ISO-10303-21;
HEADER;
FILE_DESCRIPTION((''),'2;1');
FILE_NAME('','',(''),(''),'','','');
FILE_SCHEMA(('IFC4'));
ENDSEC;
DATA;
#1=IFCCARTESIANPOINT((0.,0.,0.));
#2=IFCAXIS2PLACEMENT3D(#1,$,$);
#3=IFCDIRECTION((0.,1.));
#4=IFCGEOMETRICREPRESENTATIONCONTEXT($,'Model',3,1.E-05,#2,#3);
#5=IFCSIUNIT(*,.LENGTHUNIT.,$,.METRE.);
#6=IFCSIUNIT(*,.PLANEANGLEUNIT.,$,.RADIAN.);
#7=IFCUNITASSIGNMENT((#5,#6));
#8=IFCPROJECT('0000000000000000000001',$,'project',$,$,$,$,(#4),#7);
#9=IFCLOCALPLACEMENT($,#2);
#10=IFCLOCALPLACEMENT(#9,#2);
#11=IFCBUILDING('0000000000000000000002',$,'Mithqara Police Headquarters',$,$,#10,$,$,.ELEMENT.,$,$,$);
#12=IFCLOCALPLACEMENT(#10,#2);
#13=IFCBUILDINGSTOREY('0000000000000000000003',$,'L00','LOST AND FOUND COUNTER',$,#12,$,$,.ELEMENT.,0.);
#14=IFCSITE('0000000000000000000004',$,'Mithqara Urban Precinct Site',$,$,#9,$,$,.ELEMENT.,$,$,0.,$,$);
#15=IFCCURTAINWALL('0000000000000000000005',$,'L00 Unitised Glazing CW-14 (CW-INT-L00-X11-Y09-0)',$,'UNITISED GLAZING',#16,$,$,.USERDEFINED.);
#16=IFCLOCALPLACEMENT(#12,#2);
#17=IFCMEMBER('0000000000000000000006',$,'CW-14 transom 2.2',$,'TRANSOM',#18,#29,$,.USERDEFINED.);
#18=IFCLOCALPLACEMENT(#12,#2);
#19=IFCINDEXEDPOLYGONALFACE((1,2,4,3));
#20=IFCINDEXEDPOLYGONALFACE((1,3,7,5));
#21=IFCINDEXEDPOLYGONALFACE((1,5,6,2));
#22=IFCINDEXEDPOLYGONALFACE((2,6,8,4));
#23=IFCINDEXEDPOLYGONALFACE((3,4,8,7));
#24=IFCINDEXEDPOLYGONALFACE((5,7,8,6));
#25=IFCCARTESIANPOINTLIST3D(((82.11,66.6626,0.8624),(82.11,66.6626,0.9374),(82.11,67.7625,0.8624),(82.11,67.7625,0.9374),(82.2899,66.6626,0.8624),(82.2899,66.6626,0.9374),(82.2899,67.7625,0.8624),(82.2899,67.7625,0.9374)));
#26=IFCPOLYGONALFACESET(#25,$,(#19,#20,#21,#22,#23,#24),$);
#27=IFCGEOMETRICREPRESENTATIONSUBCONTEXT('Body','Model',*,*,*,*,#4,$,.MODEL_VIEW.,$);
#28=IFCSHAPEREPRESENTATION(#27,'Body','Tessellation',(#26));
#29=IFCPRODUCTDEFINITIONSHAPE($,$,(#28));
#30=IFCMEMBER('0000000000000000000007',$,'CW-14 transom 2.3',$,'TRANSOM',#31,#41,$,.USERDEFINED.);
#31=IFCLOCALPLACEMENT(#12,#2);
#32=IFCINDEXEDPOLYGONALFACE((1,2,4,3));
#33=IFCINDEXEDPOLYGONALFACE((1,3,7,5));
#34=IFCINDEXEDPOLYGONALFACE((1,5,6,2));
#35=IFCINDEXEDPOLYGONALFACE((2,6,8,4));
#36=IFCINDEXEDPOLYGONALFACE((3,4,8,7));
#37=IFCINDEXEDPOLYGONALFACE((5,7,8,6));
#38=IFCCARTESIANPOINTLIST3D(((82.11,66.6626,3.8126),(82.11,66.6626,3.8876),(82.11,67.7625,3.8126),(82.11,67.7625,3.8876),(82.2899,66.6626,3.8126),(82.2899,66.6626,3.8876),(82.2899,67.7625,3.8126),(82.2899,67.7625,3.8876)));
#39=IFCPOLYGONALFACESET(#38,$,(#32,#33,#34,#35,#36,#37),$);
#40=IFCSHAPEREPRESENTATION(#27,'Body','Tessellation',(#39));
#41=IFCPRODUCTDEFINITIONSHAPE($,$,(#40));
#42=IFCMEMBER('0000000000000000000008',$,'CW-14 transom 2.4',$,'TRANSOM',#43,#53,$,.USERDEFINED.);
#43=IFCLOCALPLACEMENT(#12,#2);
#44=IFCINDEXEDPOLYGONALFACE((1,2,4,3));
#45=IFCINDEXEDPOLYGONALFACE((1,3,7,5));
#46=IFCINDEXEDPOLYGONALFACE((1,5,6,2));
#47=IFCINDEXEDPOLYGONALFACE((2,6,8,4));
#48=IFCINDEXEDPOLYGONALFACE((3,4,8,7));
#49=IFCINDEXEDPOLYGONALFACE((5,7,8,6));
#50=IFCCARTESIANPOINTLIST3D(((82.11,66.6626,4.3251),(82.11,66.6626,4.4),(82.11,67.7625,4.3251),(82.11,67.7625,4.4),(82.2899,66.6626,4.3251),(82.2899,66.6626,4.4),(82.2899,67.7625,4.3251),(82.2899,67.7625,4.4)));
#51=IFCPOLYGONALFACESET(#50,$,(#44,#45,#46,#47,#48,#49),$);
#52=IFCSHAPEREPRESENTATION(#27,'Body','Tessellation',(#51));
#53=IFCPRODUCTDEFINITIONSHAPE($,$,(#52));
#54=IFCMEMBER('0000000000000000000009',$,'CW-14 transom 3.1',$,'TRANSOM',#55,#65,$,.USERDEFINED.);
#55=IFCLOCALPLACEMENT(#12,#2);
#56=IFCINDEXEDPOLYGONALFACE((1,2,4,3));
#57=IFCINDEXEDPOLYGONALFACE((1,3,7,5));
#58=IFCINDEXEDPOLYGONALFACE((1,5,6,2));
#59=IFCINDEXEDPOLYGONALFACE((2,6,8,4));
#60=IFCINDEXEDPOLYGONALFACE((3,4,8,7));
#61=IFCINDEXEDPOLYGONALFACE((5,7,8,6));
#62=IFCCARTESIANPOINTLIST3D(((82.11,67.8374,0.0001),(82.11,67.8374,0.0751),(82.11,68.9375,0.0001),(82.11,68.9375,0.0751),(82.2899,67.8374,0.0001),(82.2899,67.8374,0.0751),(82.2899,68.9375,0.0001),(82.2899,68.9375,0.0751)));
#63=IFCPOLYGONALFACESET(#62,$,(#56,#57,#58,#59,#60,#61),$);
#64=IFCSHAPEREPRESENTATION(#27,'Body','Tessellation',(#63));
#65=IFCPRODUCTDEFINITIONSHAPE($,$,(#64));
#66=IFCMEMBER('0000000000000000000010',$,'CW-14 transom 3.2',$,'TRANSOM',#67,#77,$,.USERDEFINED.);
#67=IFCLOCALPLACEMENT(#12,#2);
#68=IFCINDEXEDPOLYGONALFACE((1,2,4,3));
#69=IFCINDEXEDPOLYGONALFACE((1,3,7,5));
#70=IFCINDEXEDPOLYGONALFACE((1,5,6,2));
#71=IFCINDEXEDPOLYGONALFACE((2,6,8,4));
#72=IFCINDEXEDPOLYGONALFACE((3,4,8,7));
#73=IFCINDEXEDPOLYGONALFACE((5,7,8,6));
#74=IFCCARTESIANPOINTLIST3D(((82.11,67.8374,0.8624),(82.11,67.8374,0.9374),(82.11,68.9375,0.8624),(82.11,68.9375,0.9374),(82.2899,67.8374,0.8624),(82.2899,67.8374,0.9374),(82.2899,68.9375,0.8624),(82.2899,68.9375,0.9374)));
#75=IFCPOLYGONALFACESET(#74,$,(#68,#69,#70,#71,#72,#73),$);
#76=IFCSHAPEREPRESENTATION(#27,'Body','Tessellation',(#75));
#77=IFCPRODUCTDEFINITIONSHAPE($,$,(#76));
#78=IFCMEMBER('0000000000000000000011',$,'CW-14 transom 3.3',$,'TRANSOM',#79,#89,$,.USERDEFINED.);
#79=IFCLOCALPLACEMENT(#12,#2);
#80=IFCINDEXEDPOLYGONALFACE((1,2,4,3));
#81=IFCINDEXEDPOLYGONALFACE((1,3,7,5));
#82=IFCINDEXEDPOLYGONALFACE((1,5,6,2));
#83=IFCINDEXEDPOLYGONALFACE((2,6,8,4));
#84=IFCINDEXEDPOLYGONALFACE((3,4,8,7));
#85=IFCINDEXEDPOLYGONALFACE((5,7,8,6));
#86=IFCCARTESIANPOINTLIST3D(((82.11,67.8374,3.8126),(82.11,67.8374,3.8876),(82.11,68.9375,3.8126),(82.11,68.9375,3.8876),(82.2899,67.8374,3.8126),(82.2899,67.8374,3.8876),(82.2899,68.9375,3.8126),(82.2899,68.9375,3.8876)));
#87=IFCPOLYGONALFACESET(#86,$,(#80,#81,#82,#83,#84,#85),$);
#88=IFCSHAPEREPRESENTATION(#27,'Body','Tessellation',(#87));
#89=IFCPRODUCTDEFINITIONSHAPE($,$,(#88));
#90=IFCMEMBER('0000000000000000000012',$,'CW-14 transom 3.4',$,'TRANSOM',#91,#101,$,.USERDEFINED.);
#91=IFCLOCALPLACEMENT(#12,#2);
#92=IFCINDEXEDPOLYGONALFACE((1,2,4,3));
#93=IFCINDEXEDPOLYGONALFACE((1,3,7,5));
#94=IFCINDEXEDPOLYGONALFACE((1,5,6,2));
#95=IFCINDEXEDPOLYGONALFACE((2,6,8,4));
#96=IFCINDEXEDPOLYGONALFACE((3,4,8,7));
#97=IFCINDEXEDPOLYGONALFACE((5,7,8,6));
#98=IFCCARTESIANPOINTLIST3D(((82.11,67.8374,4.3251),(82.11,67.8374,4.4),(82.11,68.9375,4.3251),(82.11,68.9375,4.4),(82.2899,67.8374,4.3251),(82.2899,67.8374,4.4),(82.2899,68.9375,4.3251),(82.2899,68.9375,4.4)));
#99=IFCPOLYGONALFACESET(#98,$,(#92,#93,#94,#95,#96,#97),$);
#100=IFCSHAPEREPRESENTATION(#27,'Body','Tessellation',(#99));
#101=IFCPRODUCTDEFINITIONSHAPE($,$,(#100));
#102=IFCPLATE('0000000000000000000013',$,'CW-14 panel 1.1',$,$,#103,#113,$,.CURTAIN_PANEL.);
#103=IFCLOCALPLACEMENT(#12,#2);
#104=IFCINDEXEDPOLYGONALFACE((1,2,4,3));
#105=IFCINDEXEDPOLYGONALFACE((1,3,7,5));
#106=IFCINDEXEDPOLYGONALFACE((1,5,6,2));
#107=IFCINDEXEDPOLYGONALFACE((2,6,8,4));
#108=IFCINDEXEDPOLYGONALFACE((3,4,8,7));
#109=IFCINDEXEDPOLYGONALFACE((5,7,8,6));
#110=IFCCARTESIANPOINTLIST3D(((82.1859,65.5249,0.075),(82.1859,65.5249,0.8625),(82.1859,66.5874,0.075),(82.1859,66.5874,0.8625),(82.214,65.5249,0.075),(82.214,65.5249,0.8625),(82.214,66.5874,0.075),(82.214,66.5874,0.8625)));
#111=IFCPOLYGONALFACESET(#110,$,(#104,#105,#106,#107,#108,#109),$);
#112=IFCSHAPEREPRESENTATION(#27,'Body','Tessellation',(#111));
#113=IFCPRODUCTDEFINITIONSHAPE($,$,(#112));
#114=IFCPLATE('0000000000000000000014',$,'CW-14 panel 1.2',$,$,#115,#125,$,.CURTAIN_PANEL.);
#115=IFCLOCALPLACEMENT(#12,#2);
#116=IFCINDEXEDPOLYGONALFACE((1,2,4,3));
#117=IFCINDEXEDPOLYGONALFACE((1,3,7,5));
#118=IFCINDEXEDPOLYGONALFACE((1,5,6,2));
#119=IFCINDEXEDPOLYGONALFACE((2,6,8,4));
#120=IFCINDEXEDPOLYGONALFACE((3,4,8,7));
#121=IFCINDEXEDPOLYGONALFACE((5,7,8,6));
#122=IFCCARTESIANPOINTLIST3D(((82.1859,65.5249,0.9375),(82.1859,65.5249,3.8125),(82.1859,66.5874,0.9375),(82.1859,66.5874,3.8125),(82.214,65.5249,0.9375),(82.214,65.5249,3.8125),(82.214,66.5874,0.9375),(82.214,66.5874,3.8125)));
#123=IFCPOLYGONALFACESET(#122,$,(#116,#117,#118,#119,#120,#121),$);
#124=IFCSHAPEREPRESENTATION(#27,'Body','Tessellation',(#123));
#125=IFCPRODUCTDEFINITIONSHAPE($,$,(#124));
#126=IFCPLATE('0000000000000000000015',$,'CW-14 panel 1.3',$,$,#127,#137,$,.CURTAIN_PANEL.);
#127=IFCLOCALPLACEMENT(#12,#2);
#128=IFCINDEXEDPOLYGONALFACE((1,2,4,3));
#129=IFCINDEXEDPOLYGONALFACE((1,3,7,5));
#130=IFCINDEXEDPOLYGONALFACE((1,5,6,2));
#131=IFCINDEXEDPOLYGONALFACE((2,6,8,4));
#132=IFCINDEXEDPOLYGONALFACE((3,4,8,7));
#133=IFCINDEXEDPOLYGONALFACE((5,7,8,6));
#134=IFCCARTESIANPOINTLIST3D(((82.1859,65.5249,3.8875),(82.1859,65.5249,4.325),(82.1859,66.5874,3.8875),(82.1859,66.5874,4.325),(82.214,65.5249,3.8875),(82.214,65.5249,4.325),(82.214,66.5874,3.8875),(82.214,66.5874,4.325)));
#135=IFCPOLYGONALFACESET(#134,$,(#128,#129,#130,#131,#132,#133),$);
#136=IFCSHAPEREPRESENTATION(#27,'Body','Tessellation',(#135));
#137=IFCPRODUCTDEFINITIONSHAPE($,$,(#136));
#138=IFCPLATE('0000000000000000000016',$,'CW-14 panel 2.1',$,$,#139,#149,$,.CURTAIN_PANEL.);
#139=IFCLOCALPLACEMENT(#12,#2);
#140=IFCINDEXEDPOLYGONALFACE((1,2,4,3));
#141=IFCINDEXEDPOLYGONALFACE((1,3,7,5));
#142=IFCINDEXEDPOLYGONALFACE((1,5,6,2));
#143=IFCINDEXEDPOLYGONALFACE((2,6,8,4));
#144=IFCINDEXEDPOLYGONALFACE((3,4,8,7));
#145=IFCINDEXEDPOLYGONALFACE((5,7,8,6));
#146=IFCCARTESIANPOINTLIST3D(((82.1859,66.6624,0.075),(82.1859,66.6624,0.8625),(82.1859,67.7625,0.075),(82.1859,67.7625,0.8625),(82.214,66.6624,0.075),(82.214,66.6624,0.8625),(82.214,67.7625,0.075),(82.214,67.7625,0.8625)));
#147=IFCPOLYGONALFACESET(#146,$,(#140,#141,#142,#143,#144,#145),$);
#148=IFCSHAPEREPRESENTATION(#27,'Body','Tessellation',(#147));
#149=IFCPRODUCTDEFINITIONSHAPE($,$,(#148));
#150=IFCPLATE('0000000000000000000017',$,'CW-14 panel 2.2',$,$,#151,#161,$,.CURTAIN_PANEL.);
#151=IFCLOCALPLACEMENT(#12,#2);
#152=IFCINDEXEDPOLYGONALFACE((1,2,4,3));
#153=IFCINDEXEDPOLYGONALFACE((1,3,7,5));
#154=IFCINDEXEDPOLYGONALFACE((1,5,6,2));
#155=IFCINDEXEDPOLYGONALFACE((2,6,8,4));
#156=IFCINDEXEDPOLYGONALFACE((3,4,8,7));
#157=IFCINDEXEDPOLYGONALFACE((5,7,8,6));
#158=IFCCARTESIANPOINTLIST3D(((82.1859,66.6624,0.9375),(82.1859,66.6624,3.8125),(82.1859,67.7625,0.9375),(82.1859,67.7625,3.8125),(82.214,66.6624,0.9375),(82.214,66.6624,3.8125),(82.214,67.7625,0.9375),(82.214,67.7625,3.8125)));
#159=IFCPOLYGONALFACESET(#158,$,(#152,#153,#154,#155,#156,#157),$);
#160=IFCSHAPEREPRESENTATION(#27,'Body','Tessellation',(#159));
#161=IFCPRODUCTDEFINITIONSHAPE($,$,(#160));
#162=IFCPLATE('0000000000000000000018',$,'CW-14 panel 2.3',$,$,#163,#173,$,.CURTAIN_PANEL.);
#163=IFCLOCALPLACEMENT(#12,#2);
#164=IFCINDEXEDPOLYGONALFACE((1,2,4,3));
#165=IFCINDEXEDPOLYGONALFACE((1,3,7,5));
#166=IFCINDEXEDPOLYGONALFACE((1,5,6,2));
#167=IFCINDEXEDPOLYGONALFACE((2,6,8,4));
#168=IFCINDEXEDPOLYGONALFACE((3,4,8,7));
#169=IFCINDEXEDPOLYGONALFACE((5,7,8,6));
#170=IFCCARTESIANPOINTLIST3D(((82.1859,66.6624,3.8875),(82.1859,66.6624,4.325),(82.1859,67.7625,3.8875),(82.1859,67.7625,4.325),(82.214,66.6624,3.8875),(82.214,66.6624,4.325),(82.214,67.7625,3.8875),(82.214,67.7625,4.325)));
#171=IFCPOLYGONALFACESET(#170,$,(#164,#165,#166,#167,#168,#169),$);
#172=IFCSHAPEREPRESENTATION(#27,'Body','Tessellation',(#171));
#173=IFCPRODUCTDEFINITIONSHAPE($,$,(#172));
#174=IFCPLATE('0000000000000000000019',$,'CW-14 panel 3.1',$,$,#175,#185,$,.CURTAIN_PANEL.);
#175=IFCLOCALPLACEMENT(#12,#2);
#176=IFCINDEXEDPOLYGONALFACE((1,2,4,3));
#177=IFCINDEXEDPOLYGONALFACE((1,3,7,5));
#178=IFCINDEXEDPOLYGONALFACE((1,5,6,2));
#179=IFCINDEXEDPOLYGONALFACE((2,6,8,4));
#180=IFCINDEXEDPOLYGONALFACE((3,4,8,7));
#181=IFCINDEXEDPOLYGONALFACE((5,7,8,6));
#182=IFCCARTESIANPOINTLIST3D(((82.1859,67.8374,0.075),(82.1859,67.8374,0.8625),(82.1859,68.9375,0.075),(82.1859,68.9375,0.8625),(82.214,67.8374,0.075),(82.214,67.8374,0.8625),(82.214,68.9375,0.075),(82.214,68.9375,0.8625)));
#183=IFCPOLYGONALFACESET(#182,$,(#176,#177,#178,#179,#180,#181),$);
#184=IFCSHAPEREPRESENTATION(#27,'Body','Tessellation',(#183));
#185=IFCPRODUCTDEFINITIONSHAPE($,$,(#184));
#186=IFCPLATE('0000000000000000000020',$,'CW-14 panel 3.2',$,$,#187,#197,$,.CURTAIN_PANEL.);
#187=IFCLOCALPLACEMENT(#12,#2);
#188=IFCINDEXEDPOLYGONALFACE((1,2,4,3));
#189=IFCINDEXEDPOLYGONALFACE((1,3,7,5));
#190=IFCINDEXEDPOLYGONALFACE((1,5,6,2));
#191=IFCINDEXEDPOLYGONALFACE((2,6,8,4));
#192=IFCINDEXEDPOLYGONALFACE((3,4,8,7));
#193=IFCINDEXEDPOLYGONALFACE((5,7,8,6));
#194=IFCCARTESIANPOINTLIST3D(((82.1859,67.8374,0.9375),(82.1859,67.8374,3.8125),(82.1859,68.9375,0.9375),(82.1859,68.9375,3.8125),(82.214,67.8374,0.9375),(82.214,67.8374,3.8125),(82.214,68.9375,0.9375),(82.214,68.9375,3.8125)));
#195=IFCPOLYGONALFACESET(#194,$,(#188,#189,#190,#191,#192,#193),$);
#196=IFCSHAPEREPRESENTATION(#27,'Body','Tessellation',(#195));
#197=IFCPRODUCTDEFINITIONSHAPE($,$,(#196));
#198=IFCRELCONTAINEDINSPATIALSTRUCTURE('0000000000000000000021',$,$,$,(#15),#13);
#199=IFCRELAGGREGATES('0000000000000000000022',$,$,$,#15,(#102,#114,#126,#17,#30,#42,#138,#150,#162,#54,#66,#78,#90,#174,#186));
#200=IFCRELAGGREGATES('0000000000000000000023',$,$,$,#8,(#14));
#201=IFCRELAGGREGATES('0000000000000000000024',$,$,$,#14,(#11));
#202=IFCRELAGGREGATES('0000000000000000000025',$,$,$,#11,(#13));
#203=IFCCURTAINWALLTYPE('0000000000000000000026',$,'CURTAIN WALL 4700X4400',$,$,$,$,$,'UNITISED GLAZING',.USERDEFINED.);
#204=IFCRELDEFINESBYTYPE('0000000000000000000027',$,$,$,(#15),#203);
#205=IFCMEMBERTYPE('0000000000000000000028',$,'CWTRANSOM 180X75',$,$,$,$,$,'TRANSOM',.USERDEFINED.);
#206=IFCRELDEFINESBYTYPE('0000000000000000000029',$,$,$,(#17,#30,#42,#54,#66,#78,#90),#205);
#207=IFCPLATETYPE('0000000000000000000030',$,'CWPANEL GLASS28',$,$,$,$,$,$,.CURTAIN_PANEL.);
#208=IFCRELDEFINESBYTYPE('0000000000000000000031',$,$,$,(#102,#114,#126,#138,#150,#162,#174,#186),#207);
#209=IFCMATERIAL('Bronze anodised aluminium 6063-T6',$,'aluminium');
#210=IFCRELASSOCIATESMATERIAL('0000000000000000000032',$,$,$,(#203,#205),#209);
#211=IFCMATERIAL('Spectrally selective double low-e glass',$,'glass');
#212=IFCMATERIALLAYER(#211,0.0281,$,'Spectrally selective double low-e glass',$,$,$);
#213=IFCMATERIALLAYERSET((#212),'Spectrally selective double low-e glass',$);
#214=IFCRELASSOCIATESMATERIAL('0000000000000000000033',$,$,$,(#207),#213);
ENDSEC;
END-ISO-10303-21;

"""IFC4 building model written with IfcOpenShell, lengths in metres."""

from ifc_helpers import new_model, si_unit, direction, frame, origin, origin_2d, place, context, subcontext, project, spatial, rectangle, extrude, material, layer, layer_set, material_profile, profile_set, type_object, element, aggregate, save


model = new_model("IFC4")

# Units and contexts
model_context = context("Model", 3, precision=1e-05, world=origin(), true_north=direction((0.0, 1.0)))
body_context = subcontext(model_context, "Body", "Model", "MODEL_VIEW")
ifc_project = project(units=[si_unit("LENGTHUNIT", "METRE"), si_unit("PLANEANGLEUNIT", "RADIAN")], contexts=[model_context])

# Site, building, storey
site_placement = place(None, origin())
site = spatial("IfcSite", under=ifc_project, at=site_placement, Name="Mithqara Urban Precinct Site", CompositionType="ELEMENT", RefElevation=0.0)
building_placement = place(site_placement, origin())
building = spatial("IfcBuilding", under=site, at=building_placement, Name="Mithqara Police Headquarters", CompositionType="ELEMENT")
storey_placement = place(building_placement, origin())
storey = spatial("IfcBuildingStorey", under=building, at=storey_placement, Name="L00", Description="LOST AND FOUND COUNTER", CompositionType="ELEMENT", Elevation=0.0)

# Curtain wall
ifc_material_1 = material(Name="Bronze anodised aluminium 6063-T6", Category="aluminium")
curtain_wall_type = type_object("IfcCurtainWallType", Name="CURTAIN WALL 4700X4400", ElementType="UNITISED GLAZING", PredefinedType="USERDEFINED", material=ifc_material_1)
curtain_wall_1_placement = place(storey_placement, origin())
curtain_wall_1 = element("IfcCurtainWall", 1, at=curtain_wall_1_placement, inside=storey, type_object=curtain_wall_type, Name="L00 Unitised Glazing CW-14 (CW-INT-L00-X11-Y09-0)", ObjectType="UNITISED GLAZING", PredefinedType="USERDEFINED")

# Members
ifc_material_profile_1 = material_profile(ifc_material_1, rectangle(XDim=0.1799, YDim=0.075, at=origin_2d()), Name="CWT 180x75")
ifc_profile_set_1 = profile_set([ifc_material_profile_1], Name="Bronze anodised aluminium 6063-T6")
member_type_1 = type_object("IfcMemberType", Name="CWTRANSOM 180X75", ElementType="TRANSOM", PredefinedType="USERDEFINED", material=ifc_profile_set_1)
member_1_placement = place(storey_placement, frame((82.2, 66.6626, 0.8999), z_axis=(0.0, 1.0, 0.0), x_axis=(-1.0, 0.0, 0.0)))
member_1 = element("IfcMember", 2, at=member_1_placement, type_object=member_type_1, Name="CW-14 transom 2.2", ObjectType="TRANSOM", PredefinedType="USERDEFINED", context=body_context, shape_type="SweptSolid", body=[
    extrude(rectangle(XDim=0.1799, YDim=0.075, at=origin_2d()), origin(), (0.0, 0.0, 1.0), 1.0999),
])
member_2_placement = place(storey_placement, frame((82.2, 66.6626, 3.8501), z_axis=(0.0, 1.0, 0.0), x_axis=(-1.0, 0.0, 0.0)))
member_2 = element("IfcMember", 3, at=member_2_placement, type_object=member_type_1, Name="CW-14 transom 2.3", ObjectType="TRANSOM", PredefinedType="USERDEFINED", context=body_context, shape_type="SweptSolid", body=[
    extrude(rectangle(XDim=0.1799, YDim=0.075, at=origin_2d()), origin(), (0.0, 0.0, 1.0), 1.0999),
])
member_3_placement = place(storey_placement, frame((82.2, 66.6626, 4.3625), z_axis=(0.0, 1.0, 0.0), x_axis=(-1.0, 0.0, 0.0)))
member_3 = element("IfcMember", 4, at=member_3_placement, type_object=member_type_1, Name="CW-14 transom 2.4", ObjectType="TRANSOM", PredefinedType="USERDEFINED", context=body_context, shape_type="SweptSolid", body=[
    extrude(rectangle(XDim=0.1799, YDim=0.075, at=origin_2d()), origin(), (0.0, 0.0, 1.0), 1.0999),
])
member_4_placement = place(storey_placement, frame((82.2, 67.8374, 0.0376), z_axis=(0.0, 1.0, 0.0), x_axis=(-1.0, 0.0, 0.0)))
member_4 = element("IfcMember", 5, at=member_4_placement, type_object=member_type_1, Name="CW-14 transom 3.1", ObjectType="TRANSOM", PredefinedType="USERDEFINED", context=body_context, shape_type="SweptSolid", body=[
    extrude(rectangle(XDim=0.1799, YDim=0.075, at=origin_2d()), origin(), (0.0, 0.0, 1.0), 1.1001),
])
member_5_placement = place(storey_placement, frame((82.2, 67.8374, 0.8999), z_axis=(0.0, 1.0, 0.0), x_axis=(-1.0, 0.0, 0.0)))
member_5 = element("IfcMember", 6, at=member_5_placement, type_object=member_type_1, Name="CW-14 transom 3.2", ObjectType="TRANSOM", PredefinedType="USERDEFINED", context=body_context, shape_type="SweptSolid", body=[
    extrude(rectangle(XDim=0.1799, YDim=0.075, at=origin_2d()), origin(), (0.0, 0.0, 1.0), 1.1001),
])
member_6_placement = place(storey_placement, frame((82.2, 67.8374, 3.8501), z_axis=(0.0, 1.0, 0.0), x_axis=(-1.0, 0.0, 0.0)))
member_6 = element("IfcMember", 7, at=member_6_placement, type_object=member_type_1, Name="CW-14 transom 3.3", ObjectType="TRANSOM", PredefinedType="USERDEFINED", context=body_context, shape_type="SweptSolid", body=[
    extrude(rectangle(XDim=0.1799, YDim=0.075, at=origin_2d()), origin(), (0.0, 0.0, 1.0), 1.1001),
])
member_7_placement = place(storey_placement, frame((82.2, 67.8374, 4.3625), z_axis=(0.0, 1.0, 0.0), x_axis=(-1.0, 0.0, 0.0)))
member_7 = element("IfcMember", 8, at=member_7_placement, type_object=member_type_1, Name="CW-14 transom 3.4", ObjectType="TRANSOM", PredefinedType="USERDEFINED", context=body_context, shape_type="SweptSolid", body=[
    extrude(rectangle(XDim=0.1799, YDim=0.075, at=origin_2d()), origin(), (0.0, 0.0, 1.0), 1.1001),
])

# Plates
ifc_material_2 = material(Name="Spectrally selective double low-e glass", Category="glass")
ifc_layer_1 = layer(ifc_material_2, 0.0281, Name="Spectrally selective double low-e glass")
ifc_layer_set_1 = layer_set([ifc_layer_1], Name="Spectrally selective double low-e glass")
plate_type_1 = type_object("IfcPlateType", Name="CWPANEL GLASS28", PredefinedType="CURTAIN_PANEL", material=ifc_layer_set_1)
plate_1_placement = place(storey_placement, frame((82.2, 66.0562, 0.075), z_axis=(0.0, 0.0, 1.0), x_axis=(0.0, 1.0, 0.0)))
plate_1 = element("IfcPlate", 9, at=plate_1_placement, type_object=plate_type_1, Name="CW-14 panel 1.1", PredefinedType="CURTAIN_PANEL", context=body_context, shape_type="SweptSolid", body=[
    extrude(rectangle(XDim=1.0625, YDim=0.0281, at=origin_2d()), origin(), (0.0, 0.0, 1.0), 0.7876),
])
plate_2_placement = place(storey_placement, frame((82.2, 66.0562, 0.9375), z_axis=(0.0, 0.0, 1.0), x_axis=(0.0, 1.0, 0.0)))
plate_2 = element("IfcPlate", 10, at=plate_2_placement, type_object=plate_type_1, Name="CW-14 panel 1.2", PredefinedType="CURTAIN_PANEL", context=body_context, shape_type="SweptSolid", body=[
    extrude(rectangle(XDim=1.0625, YDim=0.0281, at=origin_2d()), origin(), (0.0, 0.0, 1.0), 2.875),
])
plate_3_placement = place(storey_placement, frame((82.2, 66.0562, 3.8875), z_axis=(0.0, 0.0, 1.0), x_axis=(0.0, 1.0, 0.0)))
plate_3 = element("IfcPlate", 11, at=plate_3_placement, type_object=plate_type_1, Name="CW-14 panel 1.3", PredefinedType="CURTAIN_PANEL", context=body_context, shape_type="SweptSolid", body=[
    extrude(rectangle(XDim=1.0625, YDim=0.0281, at=origin_2d()), origin(), (0.0, 0.0, 1.0), 0.4375),
])
plate_4_placement = place(storey_placement, frame((82.2, 67.2124, 0.075), z_axis=(0.0, 0.0, 1.0), x_axis=(0.0, 1.0, 0.0)))
plate_4 = element("IfcPlate", 12, at=plate_4_placement, type_object=plate_type_1, Name="CW-14 panel 2.1", PredefinedType="CURTAIN_PANEL", context=body_context, shape_type="SweptSolid", body=[
    extrude(rectangle(XDim=1.1001, YDim=0.0281, at=origin_2d()), origin(), (0.0, 0.0, 1.0), 0.7876),
])
plate_5_placement = place(storey_placement, frame((82.2, 67.2124, 0.9375), z_axis=(0.0, 0.0, 1.0), x_axis=(0.0, 1.0, 0.0)))
plate_5 = element("IfcPlate", 13, at=plate_5_placement, type_object=plate_type_1, Name="CW-14 panel 2.2", PredefinedType="CURTAIN_PANEL", context=body_context, shape_type="SweptSolid", body=[
    extrude(rectangle(XDim=1.1001, YDim=0.0281, at=origin_2d()), origin(), (0.0, 0.0, 1.0), 2.875),
])
plate_6_placement = place(storey_placement, frame((82.2, 67.2124, 3.8875), z_axis=(0.0, 0.0, 1.0), x_axis=(0.0, 1.0, 0.0)))
plate_6 = element("IfcPlate", 14, at=plate_6_placement, type_object=plate_type_1, Name="CW-14 panel 2.3", PredefinedType="CURTAIN_PANEL", context=body_context, shape_type="SweptSolid", body=[
    extrude(rectangle(XDim=1.1001, YDim=0.0281, at=origin_2d()), origin(), (0.0, 0.0, 1.0), 0.4375),
])
plate_7_placement = place(storey_placement, frame((82.2, 68.3875, 0.075), z_axis=(0.0, 0.0, 1.0), x_axis=(0.0, 1.0, 0.0)))
plate_7 = element("IfcPlate", 15, at=plate_7_placement, type_object=plate_type_1, Name="CW-14 panel 3.1", PredefinedType="CURTAIN_PANEL", context=body_context, shape_type="SweptSolid", body=[
    extrude(rectangle(XDim=1.1001, YDim=0.0281, at=origin_2d()), origin(), (0.0, 0.0, 1.0), 0.7876),
])
plate_8_placement = place(storey_placement, frame((82.2, 68.3875, 0.9375), z_axis=(0.0, 0.0, 1.0), x_axis=(0.0, 1.0, 0.0)))
plate_8 = element("IfcPlate", 16, at=plate_8_placement, type_object=plate_type_1, Name="CW-14 panel 3.2", PredefinedType="CURTAIN_PANEL", context=body_context, shape_type="SweptSolid", body=[
    extrude(rectangle(XDim=1.1001, YDim=0.0281, at=origin_2d()), origin(), (0.0, 0.0, 1.0), 2.875),
])
aggregate(curtain_wall_1, [plate_1, plate_2, plate_3, member_1, member_2, member_3, plate_4, plate_5, plate_6, member_4, member_5, member_6, member_7, plate_7, plate_8])

save(model, "model.ifc")
